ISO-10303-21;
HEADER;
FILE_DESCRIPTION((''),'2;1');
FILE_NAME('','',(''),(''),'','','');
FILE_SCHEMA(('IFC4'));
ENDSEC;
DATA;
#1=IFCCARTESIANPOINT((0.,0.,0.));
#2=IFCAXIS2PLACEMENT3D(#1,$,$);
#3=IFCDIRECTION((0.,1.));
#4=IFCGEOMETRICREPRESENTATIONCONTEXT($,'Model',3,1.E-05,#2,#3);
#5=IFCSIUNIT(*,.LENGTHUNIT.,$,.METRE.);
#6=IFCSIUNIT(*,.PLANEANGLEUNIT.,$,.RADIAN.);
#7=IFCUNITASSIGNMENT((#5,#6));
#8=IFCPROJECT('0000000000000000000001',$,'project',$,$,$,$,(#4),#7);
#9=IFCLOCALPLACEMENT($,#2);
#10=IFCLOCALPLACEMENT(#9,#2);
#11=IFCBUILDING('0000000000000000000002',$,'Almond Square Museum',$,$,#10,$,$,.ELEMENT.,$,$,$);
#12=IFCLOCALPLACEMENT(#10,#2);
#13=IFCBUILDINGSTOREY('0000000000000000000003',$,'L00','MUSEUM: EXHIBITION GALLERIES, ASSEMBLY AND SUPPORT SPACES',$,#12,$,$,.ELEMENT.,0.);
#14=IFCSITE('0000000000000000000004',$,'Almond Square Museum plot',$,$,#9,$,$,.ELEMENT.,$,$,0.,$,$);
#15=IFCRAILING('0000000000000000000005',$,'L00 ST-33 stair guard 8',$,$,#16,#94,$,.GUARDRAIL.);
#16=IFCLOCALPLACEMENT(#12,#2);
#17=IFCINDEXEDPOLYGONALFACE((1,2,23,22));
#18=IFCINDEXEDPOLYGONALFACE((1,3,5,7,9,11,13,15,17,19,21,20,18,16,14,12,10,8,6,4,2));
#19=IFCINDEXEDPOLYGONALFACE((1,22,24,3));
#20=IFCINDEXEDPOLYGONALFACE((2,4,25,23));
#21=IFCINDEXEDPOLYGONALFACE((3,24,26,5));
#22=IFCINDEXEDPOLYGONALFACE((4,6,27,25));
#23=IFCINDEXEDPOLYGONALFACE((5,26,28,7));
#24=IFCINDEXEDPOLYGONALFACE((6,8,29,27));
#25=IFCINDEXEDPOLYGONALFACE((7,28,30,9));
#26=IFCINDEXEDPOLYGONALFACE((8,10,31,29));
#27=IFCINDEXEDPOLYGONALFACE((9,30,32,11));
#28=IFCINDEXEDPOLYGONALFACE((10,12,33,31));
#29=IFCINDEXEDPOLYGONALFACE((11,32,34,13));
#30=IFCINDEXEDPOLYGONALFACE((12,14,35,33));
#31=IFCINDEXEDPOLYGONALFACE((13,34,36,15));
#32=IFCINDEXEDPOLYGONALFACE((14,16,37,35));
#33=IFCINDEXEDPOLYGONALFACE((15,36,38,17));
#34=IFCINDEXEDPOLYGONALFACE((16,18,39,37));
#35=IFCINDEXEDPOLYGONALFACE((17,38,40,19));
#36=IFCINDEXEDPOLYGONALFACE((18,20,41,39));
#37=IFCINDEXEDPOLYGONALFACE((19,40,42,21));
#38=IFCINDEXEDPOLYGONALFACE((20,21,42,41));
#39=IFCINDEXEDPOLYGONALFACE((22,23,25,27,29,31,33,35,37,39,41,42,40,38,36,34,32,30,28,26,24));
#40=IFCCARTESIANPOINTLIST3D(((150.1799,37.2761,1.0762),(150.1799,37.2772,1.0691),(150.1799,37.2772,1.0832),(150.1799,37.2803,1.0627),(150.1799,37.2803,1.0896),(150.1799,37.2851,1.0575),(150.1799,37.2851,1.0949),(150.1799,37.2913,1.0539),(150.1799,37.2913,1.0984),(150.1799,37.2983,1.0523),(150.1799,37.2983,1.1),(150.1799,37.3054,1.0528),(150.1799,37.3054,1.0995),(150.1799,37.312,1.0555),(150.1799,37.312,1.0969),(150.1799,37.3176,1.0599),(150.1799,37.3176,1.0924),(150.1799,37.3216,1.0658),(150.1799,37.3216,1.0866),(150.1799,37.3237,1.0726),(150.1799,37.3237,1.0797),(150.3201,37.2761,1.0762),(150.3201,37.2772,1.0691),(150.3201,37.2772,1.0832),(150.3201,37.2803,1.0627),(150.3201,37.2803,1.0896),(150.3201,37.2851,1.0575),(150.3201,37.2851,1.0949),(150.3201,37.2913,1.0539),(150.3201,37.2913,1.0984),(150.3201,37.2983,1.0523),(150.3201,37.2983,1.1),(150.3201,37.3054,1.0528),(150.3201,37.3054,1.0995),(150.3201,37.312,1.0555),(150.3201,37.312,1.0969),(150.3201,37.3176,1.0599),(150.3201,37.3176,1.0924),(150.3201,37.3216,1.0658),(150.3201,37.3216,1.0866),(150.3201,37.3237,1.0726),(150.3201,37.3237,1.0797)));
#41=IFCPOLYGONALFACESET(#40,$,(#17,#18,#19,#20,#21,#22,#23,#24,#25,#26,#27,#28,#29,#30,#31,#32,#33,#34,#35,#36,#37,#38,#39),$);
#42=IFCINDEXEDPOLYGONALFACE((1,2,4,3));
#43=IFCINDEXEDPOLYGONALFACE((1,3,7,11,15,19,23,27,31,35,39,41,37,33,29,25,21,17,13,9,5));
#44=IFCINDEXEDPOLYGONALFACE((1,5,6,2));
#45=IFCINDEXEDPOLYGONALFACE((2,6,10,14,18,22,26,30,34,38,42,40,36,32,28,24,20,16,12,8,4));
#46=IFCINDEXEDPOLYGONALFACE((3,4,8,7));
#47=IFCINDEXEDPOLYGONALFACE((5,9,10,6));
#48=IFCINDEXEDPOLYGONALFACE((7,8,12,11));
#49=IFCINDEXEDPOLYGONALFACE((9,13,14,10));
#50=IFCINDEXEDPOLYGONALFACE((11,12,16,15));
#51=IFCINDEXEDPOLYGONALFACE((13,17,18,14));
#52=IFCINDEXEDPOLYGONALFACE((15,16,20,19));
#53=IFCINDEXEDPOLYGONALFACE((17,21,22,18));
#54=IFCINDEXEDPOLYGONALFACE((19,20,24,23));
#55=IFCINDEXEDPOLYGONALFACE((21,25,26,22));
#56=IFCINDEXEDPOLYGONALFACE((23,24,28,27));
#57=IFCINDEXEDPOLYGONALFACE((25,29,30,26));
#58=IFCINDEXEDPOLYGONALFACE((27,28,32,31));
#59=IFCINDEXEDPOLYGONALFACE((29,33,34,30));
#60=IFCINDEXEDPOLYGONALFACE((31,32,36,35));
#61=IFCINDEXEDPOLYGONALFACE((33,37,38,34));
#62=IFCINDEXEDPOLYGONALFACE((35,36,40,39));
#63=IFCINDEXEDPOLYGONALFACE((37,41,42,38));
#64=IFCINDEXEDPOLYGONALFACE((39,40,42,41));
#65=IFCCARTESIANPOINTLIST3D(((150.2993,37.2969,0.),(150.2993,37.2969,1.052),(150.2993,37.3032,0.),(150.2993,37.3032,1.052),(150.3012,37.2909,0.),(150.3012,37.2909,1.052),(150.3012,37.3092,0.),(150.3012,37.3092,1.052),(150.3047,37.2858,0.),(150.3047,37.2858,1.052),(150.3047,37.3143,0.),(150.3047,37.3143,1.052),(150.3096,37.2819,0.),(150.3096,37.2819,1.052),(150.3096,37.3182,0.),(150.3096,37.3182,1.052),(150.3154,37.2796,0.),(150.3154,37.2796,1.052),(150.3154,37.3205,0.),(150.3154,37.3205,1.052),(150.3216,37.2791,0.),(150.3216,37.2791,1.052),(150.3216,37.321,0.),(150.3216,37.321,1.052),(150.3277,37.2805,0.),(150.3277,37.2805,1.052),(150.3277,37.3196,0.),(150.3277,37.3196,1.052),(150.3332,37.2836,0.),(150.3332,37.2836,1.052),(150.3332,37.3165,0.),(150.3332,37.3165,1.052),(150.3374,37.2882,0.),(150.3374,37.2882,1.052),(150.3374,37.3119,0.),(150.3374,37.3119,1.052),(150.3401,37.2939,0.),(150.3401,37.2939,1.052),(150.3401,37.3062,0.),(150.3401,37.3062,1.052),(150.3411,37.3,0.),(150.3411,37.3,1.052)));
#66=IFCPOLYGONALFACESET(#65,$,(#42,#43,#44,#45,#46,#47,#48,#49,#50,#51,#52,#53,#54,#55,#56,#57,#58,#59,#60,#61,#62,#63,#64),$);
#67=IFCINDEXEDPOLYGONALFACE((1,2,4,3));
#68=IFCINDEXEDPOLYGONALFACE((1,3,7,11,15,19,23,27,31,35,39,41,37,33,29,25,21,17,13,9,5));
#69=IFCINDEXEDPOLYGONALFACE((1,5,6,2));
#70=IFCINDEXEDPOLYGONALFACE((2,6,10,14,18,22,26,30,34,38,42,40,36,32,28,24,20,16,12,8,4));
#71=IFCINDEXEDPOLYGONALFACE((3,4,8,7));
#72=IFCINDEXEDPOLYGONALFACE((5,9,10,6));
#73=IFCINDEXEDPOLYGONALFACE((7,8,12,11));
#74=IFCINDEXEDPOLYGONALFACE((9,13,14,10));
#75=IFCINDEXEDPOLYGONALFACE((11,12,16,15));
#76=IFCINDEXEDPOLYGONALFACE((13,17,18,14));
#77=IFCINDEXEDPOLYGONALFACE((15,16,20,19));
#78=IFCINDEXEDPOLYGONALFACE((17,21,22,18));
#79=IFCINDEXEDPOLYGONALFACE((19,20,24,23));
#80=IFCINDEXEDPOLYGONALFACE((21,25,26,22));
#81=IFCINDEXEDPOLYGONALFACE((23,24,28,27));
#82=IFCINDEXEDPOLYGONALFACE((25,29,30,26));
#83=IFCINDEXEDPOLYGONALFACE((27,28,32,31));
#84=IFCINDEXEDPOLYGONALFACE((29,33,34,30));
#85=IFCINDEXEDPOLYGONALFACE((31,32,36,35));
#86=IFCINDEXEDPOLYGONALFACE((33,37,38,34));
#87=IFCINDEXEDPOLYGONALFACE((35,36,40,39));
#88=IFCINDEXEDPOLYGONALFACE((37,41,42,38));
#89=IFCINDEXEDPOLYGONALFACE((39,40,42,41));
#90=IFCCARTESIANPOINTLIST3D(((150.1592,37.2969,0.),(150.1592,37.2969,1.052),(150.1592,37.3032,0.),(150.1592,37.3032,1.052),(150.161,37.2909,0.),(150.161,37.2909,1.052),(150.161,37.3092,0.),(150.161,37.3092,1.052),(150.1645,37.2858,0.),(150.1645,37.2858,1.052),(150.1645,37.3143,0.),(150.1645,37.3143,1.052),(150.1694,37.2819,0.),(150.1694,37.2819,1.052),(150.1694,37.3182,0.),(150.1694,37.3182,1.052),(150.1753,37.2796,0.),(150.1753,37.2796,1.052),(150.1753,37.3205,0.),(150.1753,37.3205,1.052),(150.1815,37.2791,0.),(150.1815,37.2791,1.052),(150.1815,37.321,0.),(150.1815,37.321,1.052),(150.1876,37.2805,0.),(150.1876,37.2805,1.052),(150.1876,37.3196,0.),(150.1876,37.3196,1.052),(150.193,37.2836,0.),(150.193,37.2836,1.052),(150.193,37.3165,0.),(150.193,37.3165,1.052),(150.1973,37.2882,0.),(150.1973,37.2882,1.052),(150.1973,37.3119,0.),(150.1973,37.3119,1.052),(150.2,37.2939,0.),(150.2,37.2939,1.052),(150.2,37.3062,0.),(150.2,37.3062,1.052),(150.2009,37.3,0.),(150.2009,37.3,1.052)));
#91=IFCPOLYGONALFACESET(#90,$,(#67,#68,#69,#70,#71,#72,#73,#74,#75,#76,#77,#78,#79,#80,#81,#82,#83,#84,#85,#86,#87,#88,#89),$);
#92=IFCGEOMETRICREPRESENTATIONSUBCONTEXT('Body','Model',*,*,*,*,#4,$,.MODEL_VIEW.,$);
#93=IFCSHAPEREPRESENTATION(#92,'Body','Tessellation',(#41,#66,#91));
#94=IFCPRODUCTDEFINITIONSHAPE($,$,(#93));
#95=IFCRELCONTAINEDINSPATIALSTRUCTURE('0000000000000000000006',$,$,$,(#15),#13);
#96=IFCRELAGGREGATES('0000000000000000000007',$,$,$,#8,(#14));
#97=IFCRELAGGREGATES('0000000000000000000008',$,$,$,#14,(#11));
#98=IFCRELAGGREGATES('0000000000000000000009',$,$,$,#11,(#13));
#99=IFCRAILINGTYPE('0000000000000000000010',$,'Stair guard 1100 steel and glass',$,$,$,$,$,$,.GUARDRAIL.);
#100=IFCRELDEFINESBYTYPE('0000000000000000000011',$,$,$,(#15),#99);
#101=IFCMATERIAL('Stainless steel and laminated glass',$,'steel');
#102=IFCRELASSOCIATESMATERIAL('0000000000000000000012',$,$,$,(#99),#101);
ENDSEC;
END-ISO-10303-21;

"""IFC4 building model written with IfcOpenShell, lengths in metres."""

from ifc_helpers import new_model, si_unit, direction, frame, origin, origin_2d, place, context, subcontext, project, spatial, circle, extrude, material, type_object, element, save


model = new_model("IFC4")

# Units and contexts
model_context = context("Model", 3, precision=1e-05, world=origin(), true_north=direction((0.0, 1.0)))
body_context = subcontext(model_context, "Body", "Model", "MODEL_VIEW")
ifc_project = project(units=[si_unit("LENGTHUNIT", "METRE"), si_unit("PLANEANGLEUNIT", "RADIAN")], contexts=[model_context])

# Site, building, storey
site_placement = place(None, origin())
site = spatial("IfcSite", under=ifc_project, at=site_placement, Name="Almond Square Museum plot", CompositionType="ELEMENT", RefElevation=0.0)
building_placement = place(site_placement, origin())
building = spatial("IfcBuilding", under=site, at=building_placement, Name="Almond Square Museum", CompositionType="ELEMENT")
storey_placement = place(building_placement, origin())
storey = spatial("IfcBuildingStorey", under=building, at=storey_placement, Name="L00", Description="MUSEUM: EXHIBITION GALLERIES, ASSEMBLY AND SUPPORT SPACES", CompositionType="ELEMENT", Elevation=0.0)

# Railing
ifc_material_1 = material(Name="Stainless steel and laminated glass", Category="steel")
railing_type_1 = type_object("IfcRailingType", Name="Stair guard 1100 steel and glass", PredefinedType="GUARDRAIL", material=ifc_material_1)
railing_1_placement = place(storey_placement, frame((150.3201, 37.3, 0.0)))
element("IfcRailing", 1, at=railing_1_placement, inside=storey, type_object=railing_type_1, Name="L00 ST-33 stair guard 8", PredefinedType="GUARDRAIL", context=body_context, shape_type="SweptSolid", body=[
    extrude(circle(Radius=0.0239, at=origin_2d()), frame((0.0, 0.0, 1.0762), z_axis=(-1.0, 0.0, 0.0), x_axis=(0.0, -1.0, 0.0)), (0.0, 0.0, 1.0), 0.1401),
    extrude(circle(Radius=0.021, at=origin_2d()), origin(), (0.0, 0.0, 1.0), 1.052),
    extrude(circle(Radius=0.021, at=origin_2d()), frame((-0.1401, 0.0, 0.0)), (0.0, 0.0, 1.0), 1.052),
])

save(model, "model.ifc")
